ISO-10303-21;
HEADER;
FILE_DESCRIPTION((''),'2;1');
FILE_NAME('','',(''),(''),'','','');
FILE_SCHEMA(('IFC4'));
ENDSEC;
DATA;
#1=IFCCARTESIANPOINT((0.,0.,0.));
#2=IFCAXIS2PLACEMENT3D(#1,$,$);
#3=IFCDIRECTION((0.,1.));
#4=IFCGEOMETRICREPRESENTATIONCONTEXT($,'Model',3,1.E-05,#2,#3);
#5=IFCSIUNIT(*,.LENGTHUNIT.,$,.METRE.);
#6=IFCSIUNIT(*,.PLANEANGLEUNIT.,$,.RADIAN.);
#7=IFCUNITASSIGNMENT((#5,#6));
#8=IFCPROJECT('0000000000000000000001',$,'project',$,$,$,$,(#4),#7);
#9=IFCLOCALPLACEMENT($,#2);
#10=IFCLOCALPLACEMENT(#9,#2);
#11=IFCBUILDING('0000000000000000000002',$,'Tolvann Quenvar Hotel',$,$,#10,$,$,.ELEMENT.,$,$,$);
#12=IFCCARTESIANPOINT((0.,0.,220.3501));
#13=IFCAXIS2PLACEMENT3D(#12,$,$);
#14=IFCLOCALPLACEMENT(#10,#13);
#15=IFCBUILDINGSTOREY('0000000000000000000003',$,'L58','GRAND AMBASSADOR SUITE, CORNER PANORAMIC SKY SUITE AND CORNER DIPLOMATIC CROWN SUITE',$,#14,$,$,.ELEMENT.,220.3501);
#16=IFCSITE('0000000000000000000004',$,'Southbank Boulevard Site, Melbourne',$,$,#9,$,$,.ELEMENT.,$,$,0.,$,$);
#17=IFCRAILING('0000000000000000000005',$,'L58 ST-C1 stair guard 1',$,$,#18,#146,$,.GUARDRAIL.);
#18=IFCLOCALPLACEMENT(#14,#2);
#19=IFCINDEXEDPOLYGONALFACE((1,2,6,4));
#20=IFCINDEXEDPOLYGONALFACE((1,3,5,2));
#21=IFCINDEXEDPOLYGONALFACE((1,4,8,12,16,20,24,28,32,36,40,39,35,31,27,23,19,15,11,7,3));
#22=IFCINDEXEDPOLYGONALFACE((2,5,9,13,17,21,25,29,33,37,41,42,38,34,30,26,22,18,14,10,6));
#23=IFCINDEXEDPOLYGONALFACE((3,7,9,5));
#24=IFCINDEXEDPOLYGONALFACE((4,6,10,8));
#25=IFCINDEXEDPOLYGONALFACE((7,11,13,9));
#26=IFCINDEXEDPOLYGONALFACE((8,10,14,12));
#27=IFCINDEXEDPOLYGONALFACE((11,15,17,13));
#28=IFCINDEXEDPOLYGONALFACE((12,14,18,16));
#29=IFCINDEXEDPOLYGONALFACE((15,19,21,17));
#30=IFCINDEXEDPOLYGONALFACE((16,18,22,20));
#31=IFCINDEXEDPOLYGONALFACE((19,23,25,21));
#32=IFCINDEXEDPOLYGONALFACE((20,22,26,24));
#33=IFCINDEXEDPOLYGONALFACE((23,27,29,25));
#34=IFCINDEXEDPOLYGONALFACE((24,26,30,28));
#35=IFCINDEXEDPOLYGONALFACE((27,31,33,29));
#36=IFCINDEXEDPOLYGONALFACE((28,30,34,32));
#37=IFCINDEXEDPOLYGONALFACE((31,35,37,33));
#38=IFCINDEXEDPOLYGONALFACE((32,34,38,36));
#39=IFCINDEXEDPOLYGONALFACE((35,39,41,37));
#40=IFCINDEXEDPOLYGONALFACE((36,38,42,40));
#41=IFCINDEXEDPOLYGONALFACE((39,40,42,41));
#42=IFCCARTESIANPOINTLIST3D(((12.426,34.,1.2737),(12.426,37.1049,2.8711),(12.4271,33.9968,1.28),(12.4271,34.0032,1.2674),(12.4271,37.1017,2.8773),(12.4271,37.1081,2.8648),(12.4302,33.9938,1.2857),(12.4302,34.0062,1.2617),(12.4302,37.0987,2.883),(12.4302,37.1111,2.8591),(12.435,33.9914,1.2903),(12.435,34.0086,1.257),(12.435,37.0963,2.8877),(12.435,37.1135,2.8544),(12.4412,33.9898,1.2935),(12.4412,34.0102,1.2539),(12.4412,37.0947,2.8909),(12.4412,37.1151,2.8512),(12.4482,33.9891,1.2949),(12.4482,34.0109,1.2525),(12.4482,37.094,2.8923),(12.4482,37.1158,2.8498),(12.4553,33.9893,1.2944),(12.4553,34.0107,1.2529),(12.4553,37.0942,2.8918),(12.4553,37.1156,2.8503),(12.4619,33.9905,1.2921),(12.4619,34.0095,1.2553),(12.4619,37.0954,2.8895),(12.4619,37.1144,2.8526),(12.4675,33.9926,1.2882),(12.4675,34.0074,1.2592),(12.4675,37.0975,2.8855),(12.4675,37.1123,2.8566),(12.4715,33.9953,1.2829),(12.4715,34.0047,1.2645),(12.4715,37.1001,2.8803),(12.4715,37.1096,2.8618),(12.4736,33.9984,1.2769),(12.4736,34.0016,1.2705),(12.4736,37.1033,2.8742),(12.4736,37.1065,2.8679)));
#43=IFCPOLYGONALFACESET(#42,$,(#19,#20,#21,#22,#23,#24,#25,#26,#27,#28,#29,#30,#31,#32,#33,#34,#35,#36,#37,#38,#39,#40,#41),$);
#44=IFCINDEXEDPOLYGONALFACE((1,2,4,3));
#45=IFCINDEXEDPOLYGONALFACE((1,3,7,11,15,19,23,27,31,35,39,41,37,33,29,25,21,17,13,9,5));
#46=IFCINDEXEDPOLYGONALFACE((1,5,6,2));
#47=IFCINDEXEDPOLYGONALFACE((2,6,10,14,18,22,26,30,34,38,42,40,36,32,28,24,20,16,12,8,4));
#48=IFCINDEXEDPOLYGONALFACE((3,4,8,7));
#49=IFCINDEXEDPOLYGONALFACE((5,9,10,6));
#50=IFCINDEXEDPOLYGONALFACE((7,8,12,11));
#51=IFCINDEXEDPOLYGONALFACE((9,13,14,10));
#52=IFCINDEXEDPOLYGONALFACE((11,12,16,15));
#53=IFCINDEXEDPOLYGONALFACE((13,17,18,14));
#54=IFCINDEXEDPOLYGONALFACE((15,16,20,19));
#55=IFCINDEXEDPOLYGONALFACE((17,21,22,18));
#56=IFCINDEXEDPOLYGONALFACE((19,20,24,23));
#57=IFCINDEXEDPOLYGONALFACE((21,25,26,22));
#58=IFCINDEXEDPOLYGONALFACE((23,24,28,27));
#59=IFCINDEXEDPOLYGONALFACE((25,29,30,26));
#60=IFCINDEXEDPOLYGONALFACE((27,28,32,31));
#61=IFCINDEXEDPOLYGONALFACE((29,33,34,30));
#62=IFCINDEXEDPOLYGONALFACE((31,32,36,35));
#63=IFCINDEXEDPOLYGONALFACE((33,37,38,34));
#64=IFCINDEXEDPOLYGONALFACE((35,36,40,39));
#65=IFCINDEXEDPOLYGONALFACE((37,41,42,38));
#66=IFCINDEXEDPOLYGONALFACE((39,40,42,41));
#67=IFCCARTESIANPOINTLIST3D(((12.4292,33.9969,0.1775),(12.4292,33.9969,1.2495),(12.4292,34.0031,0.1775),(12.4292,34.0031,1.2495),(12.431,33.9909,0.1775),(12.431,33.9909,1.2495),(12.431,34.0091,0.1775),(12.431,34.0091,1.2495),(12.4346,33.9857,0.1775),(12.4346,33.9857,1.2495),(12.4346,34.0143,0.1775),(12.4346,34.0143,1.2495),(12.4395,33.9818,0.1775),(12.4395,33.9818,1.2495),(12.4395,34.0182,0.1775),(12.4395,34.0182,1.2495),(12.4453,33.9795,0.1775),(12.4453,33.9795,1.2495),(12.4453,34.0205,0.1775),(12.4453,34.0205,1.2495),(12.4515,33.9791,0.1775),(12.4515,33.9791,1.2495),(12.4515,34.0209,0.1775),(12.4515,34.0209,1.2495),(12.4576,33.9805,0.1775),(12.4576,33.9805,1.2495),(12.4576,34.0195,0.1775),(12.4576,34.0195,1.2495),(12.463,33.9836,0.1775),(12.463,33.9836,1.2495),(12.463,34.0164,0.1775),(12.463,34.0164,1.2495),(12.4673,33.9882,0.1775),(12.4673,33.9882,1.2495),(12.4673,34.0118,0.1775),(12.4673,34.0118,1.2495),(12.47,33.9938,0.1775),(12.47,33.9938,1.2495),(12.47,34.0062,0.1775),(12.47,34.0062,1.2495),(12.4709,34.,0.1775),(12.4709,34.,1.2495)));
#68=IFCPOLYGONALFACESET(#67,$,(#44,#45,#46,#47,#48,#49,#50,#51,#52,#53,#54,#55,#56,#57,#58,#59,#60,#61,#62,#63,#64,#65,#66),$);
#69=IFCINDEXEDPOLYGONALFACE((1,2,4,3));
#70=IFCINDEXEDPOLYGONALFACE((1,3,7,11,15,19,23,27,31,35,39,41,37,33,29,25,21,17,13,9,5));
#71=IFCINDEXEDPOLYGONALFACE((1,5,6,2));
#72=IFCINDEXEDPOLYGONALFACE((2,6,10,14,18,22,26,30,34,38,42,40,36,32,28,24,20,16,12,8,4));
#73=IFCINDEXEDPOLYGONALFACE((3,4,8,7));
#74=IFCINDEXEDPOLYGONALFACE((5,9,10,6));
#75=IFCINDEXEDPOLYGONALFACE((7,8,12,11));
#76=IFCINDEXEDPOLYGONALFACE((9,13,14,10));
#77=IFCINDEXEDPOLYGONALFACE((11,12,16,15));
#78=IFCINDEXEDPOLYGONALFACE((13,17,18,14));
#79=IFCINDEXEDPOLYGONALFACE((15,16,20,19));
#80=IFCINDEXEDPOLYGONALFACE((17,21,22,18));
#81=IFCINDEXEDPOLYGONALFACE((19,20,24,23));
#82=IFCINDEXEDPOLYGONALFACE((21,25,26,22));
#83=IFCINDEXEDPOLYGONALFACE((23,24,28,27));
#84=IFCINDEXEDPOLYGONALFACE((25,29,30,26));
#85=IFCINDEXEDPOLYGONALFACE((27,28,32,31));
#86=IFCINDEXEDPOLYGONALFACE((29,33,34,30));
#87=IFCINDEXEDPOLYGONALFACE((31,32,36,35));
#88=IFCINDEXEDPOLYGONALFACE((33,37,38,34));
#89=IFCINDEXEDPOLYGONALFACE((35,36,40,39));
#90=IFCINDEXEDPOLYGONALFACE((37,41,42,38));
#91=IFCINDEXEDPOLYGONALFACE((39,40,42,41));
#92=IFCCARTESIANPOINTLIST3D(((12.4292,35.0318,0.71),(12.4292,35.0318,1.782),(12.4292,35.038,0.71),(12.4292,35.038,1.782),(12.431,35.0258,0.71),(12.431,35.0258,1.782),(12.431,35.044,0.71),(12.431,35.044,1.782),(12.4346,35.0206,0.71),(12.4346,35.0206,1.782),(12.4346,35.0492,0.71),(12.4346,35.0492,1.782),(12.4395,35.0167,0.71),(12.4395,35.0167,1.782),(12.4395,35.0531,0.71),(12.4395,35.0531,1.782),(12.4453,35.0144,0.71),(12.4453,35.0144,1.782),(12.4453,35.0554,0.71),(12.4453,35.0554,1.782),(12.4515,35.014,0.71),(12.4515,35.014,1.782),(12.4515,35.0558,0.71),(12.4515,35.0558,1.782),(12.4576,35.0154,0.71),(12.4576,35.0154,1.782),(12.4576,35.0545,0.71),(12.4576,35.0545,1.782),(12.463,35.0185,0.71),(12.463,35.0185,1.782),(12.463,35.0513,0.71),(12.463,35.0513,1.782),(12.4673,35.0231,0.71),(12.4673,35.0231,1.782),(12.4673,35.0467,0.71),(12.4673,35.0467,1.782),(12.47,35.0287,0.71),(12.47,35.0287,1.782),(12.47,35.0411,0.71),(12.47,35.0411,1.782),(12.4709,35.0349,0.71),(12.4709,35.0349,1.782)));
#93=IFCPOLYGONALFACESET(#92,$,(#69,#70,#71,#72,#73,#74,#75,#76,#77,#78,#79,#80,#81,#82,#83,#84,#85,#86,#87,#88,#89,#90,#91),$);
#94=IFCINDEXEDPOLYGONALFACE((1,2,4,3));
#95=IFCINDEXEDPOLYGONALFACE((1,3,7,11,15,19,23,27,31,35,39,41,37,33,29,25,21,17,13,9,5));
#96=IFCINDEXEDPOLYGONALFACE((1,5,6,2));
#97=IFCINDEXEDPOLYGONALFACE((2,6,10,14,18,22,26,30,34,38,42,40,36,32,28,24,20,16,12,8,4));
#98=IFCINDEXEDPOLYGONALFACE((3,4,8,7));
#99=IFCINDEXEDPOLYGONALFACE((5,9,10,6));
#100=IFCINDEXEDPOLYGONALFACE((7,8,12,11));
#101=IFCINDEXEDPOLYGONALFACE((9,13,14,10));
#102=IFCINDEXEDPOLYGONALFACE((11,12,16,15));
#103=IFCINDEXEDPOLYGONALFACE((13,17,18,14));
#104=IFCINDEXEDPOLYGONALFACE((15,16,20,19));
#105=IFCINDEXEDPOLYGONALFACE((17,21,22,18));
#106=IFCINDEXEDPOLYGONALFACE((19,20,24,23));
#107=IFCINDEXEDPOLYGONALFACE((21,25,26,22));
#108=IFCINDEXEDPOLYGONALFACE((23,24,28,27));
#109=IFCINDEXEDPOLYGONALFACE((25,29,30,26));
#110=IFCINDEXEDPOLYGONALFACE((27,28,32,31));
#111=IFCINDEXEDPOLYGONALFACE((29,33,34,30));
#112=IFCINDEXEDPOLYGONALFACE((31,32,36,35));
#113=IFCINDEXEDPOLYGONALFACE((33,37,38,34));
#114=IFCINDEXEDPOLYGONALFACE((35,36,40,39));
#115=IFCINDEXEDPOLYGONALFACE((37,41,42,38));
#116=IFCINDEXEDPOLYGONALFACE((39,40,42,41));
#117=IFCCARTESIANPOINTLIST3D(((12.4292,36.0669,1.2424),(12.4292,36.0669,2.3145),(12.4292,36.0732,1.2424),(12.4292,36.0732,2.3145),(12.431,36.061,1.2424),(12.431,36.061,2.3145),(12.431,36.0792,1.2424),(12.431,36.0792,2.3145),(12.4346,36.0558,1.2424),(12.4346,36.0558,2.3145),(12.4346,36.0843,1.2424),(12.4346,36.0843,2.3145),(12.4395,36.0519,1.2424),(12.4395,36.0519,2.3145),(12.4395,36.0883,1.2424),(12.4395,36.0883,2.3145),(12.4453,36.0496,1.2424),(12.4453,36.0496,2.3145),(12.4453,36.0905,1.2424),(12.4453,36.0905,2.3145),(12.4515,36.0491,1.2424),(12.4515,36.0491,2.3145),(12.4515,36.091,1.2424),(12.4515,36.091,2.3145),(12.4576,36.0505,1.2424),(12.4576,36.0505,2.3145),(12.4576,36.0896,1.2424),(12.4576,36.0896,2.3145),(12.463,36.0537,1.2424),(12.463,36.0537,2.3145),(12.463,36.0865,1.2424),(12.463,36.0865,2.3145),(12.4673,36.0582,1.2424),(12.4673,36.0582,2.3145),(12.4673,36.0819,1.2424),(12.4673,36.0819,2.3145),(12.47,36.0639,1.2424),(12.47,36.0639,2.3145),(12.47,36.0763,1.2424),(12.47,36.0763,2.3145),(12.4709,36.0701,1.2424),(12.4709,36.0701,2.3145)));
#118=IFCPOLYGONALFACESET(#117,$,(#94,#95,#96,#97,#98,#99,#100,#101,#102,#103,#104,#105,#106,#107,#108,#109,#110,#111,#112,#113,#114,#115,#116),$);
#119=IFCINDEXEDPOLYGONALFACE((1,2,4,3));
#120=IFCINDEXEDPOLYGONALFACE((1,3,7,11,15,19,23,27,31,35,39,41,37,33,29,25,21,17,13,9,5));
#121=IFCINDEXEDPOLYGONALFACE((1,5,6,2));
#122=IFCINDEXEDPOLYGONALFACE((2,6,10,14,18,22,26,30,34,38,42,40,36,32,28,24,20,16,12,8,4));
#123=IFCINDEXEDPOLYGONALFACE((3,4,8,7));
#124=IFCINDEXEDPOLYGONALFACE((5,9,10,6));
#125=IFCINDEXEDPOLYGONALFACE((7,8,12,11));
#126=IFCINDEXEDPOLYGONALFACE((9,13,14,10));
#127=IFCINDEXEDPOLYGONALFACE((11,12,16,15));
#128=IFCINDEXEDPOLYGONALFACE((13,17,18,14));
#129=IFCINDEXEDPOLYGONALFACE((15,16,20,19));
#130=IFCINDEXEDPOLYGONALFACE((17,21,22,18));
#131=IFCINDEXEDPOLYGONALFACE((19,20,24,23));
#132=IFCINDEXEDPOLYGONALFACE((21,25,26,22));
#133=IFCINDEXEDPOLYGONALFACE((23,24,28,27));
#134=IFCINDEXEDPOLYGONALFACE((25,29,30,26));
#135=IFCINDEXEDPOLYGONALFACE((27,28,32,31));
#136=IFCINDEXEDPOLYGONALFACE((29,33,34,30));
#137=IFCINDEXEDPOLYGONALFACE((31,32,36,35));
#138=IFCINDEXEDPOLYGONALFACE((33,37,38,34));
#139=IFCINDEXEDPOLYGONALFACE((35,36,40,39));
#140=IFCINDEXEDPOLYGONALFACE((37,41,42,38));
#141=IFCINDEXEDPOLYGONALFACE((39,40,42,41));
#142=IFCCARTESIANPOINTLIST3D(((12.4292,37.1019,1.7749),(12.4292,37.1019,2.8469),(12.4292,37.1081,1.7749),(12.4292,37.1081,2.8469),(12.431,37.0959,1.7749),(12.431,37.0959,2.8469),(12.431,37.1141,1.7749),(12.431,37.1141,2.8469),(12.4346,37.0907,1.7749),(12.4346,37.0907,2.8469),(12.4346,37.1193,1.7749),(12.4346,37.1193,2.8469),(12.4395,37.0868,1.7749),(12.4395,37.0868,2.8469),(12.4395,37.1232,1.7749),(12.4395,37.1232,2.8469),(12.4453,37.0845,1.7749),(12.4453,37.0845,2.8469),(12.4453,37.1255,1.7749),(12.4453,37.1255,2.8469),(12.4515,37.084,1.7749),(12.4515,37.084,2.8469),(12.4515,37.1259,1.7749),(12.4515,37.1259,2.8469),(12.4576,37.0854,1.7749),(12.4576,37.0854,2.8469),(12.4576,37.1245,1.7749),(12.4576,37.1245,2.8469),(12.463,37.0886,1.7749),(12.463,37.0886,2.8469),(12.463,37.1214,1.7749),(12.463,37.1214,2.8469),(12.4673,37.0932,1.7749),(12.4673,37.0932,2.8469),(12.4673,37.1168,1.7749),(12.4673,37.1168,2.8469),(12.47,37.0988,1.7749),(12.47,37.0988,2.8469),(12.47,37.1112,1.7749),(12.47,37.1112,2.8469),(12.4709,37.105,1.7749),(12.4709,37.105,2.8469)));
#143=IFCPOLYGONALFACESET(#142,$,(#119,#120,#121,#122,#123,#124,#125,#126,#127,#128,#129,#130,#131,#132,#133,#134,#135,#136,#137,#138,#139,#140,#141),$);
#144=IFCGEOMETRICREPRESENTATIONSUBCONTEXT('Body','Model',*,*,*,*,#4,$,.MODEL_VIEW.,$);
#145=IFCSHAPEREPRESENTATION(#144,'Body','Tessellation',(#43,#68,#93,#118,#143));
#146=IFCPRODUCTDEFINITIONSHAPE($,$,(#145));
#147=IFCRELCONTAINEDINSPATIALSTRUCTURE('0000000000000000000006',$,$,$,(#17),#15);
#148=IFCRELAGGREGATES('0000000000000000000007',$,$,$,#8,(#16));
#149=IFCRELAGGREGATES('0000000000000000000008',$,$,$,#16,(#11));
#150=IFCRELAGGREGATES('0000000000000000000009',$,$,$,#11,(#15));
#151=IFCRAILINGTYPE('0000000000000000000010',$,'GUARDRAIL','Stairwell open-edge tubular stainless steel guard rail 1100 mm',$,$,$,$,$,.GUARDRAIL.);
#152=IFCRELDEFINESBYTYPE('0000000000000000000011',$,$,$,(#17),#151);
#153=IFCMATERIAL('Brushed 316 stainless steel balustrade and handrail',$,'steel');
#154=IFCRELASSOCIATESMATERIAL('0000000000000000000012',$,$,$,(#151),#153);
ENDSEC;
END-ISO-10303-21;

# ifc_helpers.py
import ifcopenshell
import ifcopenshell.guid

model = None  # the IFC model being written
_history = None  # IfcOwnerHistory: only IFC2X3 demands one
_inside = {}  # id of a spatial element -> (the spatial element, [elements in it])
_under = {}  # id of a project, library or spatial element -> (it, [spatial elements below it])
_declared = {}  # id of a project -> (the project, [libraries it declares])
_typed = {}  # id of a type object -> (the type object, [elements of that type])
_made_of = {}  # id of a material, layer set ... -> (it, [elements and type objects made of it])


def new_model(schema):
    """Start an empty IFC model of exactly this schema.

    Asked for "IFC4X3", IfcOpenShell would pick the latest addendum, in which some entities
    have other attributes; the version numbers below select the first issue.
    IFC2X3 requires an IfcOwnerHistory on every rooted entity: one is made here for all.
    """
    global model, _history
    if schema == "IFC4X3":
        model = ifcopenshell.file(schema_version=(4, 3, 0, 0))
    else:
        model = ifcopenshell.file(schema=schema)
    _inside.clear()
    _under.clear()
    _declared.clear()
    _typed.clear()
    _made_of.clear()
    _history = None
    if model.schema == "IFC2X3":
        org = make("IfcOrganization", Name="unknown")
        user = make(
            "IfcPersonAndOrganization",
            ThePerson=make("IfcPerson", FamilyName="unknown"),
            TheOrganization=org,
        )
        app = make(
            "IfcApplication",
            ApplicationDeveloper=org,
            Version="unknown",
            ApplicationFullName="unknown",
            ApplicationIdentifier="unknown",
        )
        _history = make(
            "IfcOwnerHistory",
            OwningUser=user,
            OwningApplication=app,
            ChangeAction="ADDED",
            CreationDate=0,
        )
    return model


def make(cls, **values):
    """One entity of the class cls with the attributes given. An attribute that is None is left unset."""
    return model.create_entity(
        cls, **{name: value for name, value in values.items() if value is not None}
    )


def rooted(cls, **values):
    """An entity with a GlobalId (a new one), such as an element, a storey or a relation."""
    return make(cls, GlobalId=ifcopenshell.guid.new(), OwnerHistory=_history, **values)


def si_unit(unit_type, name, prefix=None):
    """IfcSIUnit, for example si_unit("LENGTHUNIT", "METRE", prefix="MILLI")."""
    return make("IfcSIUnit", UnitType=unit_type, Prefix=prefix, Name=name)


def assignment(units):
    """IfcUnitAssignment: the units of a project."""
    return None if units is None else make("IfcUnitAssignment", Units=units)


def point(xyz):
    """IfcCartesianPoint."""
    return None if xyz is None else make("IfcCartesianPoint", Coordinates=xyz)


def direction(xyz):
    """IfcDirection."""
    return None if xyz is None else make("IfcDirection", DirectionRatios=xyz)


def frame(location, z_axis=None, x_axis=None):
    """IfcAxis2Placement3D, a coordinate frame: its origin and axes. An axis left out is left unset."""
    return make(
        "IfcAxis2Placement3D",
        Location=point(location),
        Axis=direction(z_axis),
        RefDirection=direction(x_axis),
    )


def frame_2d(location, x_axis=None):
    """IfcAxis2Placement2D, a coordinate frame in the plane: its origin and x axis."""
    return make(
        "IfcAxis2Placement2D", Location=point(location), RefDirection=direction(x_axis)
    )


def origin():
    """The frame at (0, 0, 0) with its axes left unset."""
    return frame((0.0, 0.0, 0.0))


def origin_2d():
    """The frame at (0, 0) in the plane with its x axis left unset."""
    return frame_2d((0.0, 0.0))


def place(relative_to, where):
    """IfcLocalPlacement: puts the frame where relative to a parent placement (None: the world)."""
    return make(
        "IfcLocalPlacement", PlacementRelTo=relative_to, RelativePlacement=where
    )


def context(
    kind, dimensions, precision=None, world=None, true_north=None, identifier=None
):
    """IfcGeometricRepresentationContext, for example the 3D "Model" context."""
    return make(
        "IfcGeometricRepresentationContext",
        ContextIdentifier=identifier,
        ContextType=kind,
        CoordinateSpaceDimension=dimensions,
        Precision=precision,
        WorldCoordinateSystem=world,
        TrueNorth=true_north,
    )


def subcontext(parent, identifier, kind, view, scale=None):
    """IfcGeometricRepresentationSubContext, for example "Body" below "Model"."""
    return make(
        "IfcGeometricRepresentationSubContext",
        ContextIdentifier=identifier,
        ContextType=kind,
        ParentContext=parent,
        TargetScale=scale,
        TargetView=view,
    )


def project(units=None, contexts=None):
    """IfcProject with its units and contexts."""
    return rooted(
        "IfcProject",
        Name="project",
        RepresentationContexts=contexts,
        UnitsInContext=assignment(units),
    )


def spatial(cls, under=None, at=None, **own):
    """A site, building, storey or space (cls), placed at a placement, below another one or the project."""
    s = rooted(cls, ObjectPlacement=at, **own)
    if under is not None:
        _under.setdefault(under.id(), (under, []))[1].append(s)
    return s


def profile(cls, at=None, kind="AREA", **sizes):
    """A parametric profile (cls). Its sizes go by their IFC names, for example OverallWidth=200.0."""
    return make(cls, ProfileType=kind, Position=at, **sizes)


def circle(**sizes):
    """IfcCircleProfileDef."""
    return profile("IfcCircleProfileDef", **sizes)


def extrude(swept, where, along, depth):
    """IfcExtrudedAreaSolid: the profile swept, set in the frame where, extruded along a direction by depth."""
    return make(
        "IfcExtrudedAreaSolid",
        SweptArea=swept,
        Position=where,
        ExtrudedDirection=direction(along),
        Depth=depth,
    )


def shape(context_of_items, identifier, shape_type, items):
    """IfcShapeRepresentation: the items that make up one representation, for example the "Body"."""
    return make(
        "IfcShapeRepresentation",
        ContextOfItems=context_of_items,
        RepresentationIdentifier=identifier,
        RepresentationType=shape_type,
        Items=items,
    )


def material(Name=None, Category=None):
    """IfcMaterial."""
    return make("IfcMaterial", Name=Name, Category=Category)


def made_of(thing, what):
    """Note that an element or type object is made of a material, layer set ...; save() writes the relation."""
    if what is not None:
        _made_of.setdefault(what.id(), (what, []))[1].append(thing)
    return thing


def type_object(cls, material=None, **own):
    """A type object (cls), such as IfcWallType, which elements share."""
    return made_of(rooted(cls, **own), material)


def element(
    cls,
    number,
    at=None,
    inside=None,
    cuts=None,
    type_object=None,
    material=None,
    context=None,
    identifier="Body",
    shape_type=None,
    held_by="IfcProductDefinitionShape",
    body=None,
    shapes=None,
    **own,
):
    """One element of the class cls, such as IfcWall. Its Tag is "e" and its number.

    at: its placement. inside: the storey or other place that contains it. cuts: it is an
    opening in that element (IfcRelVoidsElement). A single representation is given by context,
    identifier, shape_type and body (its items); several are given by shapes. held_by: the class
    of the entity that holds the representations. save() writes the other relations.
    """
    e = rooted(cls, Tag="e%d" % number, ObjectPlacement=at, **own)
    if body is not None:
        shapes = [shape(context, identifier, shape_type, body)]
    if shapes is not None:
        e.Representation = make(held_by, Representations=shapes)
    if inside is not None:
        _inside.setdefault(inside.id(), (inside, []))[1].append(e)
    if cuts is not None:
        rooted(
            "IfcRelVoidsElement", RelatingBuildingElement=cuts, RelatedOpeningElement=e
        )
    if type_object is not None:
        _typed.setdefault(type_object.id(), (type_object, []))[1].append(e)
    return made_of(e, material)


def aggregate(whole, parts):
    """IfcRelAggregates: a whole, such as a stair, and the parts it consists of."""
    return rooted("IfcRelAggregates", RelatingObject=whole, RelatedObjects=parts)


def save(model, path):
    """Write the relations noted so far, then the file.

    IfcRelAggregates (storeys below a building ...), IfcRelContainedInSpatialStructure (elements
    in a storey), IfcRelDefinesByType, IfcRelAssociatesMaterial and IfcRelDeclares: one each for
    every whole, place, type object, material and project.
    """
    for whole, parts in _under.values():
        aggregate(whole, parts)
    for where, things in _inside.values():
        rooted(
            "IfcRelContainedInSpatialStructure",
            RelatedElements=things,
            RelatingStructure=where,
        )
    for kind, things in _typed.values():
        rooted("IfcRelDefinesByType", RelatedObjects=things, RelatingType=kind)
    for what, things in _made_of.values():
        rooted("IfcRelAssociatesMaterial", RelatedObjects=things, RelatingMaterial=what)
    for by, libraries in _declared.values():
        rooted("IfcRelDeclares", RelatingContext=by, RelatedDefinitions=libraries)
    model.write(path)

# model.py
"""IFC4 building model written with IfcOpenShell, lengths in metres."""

from ifc_helpers import new_model, si_unit, direction, frame, origin, origin_2d, place, context, subcontext, project, spatial, circle, extrude, material, type_object, element, save


model = new_model("IFC4")

# Units and contexts
model_context = context("Model", 3, precision=1e-05, world=origin(), true_north=direction((0.0, 1.0)))
body_context = subcontext(model_context, "Body", "Model", "MODEL_VIEW")
ifc_project = project(units=[si_unit("LENGTHUNIT", "METRE"), si_unit("PLANEANGLEUNIT", "RADIAN")], contexts=[model_context])

# Site, building, storey
site_placement = place(None, origin())
site = spatial("IfcSite", under=ifc_project, at=site_placement, Name="Southbank Boulevard Site, Melbourne", CompositionType="ELEMENT", RefElevation=0.0)
building_placement = place(site_placement, origin())
building = spatial("IfcBuilding", under=site, at=building_placement, Name="Tolvann Quenvar Hotel", CompositionType="ELEMENT")
storey_placement = place(building_placement, frame((0.0, 0.0, 220.3501)))
storey = spatial("IfcBuildingStorey", under=building, at=storey_placement, Name="L58", Description="GRAND AMBASSADOR SUITE, CORNER PANORAMIC SKY SUITE AND CORNER DIPLOMATIC CROWN SUITE", CompositionType="ELEMENT", Elevation=220.3501)

# Railing
ifc_material_1 = material(Name="Brushed 316 stainless steel balustrade and handrail", Category="steel")
railing_type_1 = type_object("IfcRailingType", Name="GUARDRAIL", Description="Stairwell open-edge tubular stainless steel guard rail 1100 mm", PredefinedType="GUARDRAIL", material=ifc_material_1)
railing_1_placement = place(storey_placement, frame((12.45, 34.0, 0.1775)))
element("IfcRailing", 1, at=railing_1_placement, inside=storey, type_object=railing_type_1, Name="L58 ST-C1 stair guard 1", PredefinedType="GUARDRAIL", context=body_context, shape_type="SweptSolid", body=[
    extrude(circle(Radius=0.0239, at=origin_2d()), frame((0.0, 0.0, 1.0962), z_axis=(0.0, 0.889222, 0.457476), x_axis=(-1.0, 0.0, 0.0)), (0.0, 0.0, 1.0), 3.4917),
    extrude(circle(Radius=0.021, at=origin_2d()), origin(), (0.0, 0.0, 1.0), 1.072),
    extrude(circle(Radius=0.021, at=origin_2d()), frame((0.0, 1.0349, 0.5325)), (0.0, 0.0, 1.0), 1.072),
    extrude(circle(Radius=0.021, at=origin_2d()), frame((0.0, 2.0701, 1.0649)), (0.0, 0.0, 1.0), 1.072),
    extrude(circle(Radius=0.021, at=origin_2d()), frame((0.0, 3.105, 1.5974)), (0.0, 0.0, 1.0), 1.072),
])

save(model, "model.ifc")
